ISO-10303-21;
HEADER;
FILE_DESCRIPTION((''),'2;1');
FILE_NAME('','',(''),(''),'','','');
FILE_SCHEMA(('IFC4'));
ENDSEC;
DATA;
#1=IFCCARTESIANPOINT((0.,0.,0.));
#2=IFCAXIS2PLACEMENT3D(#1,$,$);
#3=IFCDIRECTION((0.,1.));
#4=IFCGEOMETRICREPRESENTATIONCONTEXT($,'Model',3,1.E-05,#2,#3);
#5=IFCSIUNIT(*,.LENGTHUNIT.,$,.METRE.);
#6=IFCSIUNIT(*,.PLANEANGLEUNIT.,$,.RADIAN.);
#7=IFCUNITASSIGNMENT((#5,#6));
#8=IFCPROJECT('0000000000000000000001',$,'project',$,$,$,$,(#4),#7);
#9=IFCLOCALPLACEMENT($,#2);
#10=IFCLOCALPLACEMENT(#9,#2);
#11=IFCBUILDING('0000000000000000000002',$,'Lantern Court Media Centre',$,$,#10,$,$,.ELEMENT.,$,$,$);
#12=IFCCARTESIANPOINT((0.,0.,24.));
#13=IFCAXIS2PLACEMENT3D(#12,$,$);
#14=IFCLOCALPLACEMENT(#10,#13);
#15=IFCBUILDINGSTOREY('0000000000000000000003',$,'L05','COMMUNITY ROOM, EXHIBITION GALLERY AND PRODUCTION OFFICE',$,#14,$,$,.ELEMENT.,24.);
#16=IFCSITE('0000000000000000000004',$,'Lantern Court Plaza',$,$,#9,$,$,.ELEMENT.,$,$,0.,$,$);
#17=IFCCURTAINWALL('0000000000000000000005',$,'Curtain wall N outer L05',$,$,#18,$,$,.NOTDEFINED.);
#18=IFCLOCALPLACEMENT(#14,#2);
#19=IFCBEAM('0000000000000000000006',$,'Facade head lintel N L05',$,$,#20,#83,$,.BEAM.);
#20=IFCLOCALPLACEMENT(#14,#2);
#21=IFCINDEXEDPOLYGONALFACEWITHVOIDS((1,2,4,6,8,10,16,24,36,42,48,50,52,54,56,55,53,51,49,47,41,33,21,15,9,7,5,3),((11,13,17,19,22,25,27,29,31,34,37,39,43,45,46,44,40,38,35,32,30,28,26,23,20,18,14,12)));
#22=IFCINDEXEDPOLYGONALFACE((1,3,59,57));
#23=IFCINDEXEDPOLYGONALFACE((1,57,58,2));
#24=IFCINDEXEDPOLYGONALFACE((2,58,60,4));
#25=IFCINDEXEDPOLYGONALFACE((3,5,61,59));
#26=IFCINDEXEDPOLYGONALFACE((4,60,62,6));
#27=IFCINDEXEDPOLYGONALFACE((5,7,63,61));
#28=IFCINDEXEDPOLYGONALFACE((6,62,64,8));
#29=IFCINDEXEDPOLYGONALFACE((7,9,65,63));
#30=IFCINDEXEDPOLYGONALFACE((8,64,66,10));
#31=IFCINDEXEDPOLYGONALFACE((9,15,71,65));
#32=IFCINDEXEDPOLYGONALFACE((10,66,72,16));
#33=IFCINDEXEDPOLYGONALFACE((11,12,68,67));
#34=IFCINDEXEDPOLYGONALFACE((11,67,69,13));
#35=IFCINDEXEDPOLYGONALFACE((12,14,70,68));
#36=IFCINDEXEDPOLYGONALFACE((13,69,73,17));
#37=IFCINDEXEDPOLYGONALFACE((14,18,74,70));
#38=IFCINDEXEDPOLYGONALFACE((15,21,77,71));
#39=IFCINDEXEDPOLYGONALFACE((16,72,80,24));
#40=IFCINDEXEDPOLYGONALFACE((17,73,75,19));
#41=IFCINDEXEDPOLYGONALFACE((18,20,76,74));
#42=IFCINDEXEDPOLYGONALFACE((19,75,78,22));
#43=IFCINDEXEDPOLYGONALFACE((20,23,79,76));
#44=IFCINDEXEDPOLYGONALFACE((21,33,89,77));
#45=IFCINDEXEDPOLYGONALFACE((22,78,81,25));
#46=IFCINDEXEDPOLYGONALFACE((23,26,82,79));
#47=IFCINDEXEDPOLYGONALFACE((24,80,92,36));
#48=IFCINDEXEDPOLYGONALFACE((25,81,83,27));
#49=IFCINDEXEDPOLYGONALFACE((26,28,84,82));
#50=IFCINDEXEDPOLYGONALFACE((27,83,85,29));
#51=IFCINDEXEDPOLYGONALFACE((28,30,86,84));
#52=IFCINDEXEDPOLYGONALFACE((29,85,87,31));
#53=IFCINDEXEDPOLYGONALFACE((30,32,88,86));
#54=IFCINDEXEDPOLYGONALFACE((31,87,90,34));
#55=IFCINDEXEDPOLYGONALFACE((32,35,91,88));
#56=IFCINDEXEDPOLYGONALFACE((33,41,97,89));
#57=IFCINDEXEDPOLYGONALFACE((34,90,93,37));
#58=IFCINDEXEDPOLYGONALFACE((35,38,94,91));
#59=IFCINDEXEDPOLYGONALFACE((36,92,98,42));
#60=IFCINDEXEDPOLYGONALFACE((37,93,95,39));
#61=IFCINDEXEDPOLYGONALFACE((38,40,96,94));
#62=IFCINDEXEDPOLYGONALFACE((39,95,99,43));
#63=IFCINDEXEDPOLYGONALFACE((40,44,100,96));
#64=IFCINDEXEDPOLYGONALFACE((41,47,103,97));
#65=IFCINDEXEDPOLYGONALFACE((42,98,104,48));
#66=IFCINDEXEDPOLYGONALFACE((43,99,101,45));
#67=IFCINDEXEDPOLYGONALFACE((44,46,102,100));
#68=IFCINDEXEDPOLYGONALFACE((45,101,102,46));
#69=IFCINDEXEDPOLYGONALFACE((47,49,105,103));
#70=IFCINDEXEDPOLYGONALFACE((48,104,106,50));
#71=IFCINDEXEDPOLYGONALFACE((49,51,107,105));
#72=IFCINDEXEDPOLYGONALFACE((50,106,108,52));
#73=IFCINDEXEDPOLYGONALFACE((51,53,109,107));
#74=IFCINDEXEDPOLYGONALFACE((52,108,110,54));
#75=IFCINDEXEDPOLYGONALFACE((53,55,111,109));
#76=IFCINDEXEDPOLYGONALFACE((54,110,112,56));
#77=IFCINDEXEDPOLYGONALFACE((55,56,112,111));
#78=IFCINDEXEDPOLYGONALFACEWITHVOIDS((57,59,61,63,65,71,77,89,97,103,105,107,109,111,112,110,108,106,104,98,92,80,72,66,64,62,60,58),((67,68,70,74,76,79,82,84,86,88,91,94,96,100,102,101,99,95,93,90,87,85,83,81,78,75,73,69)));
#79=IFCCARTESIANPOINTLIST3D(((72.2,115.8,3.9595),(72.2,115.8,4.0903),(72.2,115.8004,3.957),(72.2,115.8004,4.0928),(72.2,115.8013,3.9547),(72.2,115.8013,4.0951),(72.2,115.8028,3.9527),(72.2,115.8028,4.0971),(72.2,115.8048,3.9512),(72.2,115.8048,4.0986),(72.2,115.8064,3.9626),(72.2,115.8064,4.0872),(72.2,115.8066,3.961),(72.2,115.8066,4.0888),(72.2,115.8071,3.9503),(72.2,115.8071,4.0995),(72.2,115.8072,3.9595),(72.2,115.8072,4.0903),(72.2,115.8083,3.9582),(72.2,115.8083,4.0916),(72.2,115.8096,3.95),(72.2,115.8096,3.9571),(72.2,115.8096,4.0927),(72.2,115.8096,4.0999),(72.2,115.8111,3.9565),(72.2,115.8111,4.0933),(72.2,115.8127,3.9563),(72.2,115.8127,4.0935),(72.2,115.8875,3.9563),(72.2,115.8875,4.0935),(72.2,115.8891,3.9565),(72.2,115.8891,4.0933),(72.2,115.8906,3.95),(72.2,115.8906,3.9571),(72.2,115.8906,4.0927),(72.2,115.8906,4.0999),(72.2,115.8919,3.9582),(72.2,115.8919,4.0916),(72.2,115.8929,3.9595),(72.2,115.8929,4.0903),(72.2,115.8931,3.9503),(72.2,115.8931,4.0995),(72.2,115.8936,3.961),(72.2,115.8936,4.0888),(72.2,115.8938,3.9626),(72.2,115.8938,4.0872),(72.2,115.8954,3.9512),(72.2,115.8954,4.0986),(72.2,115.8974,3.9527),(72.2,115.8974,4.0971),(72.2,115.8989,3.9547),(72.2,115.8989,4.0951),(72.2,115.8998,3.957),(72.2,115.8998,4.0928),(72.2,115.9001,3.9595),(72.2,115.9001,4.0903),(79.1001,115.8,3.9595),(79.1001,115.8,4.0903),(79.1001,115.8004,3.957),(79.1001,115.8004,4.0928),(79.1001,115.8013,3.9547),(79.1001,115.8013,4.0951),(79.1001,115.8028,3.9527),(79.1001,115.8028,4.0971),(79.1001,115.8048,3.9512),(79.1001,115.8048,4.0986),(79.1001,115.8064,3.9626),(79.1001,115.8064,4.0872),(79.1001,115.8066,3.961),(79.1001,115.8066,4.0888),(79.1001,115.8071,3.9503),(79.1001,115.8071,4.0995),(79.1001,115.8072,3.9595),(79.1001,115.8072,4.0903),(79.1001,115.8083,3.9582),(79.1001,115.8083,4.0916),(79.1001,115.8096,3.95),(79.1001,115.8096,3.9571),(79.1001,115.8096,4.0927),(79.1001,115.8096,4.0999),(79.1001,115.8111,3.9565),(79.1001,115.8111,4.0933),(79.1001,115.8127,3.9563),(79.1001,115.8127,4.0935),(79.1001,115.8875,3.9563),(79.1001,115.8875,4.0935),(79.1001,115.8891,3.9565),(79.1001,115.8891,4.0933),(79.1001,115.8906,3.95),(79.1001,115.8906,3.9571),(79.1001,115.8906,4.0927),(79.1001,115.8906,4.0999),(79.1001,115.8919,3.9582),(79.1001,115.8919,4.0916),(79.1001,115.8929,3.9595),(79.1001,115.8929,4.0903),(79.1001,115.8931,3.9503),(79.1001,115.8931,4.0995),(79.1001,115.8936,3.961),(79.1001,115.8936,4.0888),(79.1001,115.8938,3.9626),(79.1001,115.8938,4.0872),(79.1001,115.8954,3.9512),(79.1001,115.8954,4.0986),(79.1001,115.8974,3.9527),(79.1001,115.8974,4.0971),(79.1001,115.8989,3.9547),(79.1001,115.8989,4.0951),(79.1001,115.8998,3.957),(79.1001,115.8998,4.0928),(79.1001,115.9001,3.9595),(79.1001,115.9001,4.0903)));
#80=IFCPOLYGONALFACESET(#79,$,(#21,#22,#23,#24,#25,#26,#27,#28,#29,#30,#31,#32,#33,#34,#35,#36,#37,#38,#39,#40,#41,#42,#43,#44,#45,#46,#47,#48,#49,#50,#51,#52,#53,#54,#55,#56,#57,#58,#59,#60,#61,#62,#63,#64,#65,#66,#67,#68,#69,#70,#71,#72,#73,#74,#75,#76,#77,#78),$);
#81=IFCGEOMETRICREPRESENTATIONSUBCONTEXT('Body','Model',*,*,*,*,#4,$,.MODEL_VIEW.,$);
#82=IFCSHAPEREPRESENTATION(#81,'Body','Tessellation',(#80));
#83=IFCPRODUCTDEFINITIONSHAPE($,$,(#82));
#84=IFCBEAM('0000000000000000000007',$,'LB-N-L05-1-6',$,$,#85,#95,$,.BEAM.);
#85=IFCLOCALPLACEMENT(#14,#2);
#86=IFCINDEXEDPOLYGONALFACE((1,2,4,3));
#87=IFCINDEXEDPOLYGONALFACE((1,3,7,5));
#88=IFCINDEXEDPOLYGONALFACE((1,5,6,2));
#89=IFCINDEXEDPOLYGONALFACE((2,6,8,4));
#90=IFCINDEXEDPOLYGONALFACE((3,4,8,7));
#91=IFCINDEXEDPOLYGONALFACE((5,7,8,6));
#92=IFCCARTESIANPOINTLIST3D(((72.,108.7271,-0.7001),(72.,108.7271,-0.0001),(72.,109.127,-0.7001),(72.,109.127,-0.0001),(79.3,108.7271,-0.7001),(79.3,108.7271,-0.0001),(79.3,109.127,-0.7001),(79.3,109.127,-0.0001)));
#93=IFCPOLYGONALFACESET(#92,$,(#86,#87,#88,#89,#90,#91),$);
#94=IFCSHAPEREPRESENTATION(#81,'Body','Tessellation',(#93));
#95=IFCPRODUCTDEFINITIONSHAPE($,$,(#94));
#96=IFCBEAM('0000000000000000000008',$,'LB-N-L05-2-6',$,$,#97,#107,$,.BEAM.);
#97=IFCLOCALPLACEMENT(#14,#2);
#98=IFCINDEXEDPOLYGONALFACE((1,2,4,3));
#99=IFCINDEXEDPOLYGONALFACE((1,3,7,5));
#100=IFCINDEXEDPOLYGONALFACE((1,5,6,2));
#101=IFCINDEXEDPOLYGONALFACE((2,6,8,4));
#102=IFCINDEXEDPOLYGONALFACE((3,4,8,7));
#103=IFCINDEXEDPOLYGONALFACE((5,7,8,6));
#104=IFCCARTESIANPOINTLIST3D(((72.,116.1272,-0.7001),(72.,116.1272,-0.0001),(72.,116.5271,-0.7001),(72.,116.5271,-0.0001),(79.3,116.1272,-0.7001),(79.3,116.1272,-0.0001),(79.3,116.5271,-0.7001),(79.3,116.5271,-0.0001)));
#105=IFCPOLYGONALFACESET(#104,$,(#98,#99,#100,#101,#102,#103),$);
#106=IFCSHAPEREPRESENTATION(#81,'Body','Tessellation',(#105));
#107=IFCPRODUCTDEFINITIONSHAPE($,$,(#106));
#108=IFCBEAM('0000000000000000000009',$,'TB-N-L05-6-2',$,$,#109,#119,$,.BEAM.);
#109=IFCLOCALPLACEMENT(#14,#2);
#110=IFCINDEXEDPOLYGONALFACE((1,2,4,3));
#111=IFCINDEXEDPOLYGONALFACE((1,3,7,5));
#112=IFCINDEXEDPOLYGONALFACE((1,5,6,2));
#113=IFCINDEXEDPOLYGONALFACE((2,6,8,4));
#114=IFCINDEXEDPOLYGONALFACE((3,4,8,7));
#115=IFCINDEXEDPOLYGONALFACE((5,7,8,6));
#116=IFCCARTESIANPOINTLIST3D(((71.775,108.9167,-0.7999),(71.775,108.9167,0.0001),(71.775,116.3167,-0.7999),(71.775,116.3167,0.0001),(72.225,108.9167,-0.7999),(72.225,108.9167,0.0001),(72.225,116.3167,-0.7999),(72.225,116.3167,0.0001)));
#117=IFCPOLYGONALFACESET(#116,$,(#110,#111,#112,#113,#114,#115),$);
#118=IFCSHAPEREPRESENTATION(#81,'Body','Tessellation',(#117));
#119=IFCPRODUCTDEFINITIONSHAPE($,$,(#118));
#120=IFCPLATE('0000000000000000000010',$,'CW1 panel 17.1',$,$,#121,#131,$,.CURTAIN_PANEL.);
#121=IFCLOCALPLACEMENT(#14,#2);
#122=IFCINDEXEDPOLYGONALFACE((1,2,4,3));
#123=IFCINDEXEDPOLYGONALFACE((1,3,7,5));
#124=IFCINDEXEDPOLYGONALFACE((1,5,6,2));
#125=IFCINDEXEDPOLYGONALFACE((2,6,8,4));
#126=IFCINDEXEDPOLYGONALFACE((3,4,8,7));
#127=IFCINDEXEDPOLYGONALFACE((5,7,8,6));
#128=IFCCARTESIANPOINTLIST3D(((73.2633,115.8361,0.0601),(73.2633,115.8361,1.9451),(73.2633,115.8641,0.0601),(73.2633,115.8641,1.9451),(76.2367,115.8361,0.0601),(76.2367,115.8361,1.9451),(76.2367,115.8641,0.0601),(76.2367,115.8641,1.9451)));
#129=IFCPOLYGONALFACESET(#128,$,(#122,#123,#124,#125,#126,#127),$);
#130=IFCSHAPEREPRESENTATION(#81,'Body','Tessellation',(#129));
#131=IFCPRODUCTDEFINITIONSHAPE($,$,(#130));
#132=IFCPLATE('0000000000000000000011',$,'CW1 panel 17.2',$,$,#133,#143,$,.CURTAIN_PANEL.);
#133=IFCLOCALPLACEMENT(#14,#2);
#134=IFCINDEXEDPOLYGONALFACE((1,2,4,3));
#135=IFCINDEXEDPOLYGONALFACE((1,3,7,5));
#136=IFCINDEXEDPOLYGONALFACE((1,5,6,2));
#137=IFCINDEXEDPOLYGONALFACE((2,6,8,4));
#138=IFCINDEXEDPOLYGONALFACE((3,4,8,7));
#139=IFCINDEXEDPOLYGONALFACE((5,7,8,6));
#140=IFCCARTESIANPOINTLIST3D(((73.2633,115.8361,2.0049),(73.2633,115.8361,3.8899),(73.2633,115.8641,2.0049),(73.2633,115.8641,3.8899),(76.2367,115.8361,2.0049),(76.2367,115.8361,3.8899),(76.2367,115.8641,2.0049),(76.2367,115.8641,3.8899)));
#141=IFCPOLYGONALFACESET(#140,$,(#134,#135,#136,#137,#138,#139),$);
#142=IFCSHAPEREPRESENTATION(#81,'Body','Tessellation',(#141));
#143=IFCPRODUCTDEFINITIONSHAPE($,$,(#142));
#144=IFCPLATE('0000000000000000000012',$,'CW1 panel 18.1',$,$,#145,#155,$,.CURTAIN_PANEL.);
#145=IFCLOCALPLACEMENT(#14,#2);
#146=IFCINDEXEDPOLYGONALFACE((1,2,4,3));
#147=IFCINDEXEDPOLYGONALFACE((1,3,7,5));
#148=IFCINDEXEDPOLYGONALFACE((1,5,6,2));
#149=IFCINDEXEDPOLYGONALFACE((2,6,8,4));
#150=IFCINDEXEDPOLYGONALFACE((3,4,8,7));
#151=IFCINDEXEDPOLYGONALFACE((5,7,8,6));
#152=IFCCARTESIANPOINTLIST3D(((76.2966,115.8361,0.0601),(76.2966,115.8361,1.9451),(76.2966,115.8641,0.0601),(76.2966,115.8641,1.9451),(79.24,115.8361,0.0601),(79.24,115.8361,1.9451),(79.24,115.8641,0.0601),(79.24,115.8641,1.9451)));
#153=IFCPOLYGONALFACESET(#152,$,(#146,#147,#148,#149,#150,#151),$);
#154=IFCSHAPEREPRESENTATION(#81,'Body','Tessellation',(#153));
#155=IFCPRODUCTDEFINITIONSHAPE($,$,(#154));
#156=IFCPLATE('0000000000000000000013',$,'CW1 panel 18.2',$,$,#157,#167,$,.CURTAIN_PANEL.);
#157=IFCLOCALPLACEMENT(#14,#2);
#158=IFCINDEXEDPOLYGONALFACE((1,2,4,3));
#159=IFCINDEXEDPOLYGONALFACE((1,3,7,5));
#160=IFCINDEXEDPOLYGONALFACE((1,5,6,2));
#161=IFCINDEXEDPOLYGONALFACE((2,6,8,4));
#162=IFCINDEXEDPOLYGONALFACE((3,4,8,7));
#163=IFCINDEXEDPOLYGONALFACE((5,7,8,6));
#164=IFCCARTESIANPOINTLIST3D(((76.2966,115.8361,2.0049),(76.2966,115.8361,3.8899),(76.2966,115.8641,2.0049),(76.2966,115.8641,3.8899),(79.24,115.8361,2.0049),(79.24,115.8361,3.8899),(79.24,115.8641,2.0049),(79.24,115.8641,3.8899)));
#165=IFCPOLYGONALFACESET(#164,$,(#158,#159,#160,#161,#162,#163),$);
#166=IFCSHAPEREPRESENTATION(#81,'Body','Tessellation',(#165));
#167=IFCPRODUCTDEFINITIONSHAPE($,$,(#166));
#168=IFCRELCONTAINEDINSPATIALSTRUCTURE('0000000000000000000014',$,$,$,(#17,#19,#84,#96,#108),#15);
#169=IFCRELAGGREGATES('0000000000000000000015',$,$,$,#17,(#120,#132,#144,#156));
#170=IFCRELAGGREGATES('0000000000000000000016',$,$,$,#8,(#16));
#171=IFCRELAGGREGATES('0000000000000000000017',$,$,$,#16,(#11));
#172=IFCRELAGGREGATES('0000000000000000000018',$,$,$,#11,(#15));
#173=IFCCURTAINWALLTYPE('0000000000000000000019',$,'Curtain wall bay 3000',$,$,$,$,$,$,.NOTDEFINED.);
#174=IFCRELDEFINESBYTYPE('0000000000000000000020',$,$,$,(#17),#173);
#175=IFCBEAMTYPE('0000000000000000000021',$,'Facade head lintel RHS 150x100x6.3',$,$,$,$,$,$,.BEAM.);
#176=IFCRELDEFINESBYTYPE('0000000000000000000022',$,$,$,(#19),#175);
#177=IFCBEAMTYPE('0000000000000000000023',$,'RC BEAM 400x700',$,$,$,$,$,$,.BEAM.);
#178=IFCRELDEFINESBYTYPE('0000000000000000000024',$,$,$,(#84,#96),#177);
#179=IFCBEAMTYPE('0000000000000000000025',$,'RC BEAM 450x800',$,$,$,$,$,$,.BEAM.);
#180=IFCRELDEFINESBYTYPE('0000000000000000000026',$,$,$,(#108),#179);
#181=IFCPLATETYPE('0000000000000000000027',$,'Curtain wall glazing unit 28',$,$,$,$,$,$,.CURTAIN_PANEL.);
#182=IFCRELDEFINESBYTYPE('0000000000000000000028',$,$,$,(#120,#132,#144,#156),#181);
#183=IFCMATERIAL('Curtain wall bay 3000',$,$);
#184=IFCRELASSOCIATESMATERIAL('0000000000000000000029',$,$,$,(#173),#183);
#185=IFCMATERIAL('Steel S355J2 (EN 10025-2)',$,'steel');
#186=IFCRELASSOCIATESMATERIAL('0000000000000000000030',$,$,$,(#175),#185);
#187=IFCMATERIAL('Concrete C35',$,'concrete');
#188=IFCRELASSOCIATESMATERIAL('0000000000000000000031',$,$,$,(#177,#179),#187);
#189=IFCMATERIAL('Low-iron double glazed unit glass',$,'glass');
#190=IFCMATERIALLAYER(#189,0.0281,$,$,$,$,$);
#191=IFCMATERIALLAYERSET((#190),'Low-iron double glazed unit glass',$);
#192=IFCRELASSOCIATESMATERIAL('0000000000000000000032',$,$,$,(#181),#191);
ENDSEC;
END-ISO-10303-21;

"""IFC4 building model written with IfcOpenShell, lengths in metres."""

from ifc_helpers import new_model, si_unit, direction, frame, origin, origin_2d, place, context, subcontext, project, spatial, rectangle, hollow_rectangle, extrude, material, layer, layer_set, material_profile, profile_set, type_object, element, aggregate, save


model = new_model("IFC4")

# Units and contexts
model_context = context("Model", 3, precision=1e-05, world=origin(), true_north=direction((0.0, 1.0)))
body_context = subcontext(model_context, "Body", "Model", "MODEL_VIEW")
ifc_project = project(units=[si_unit("LENGTHUNIT", "METRE"), si_unit("PLANEANGLEUNIT", "RADIAN")], contexts=[model_context])

# Site, building, storey
site_placement = place(None, origin())
site = spatial("IfcSite", under=ifc_project, at=site_placement, Name="Lantern Court Plaza", CompositionType="ELEMENT", RefElevation=0.0)
building_placement = place(site_placement, origin())
building = spatial("IfcBuilding", under=site, at=building_placement, Name="Lantern Court Media Centre", CompositionType="ELEMENT")
storey_placement = place(building_placement, frame((0.0, 0.0, 24.0)))
storey = spatial("IfcBuildingStorey", under=building, at=storey_placement, Name="L05", Description="COMMUNITY ROOM, EXHIBITION GALLERY AND PRODUCTION OFFICE", CompositionType="ELEMENT", Elevation=24.0)

# Shared definitions
ifc_material_1 = material(Name="Concrete C35", Category="concrete")

# Curtain wall
ifc_material_2 = material(Name="Curtain wall bay 3000")
curtain_wall_type = type_object("IfcCurtainWallType", Name="Curtain wall bay 3000", PredefinedType="NOTDEFINED", material=ifc_material_2)
curtain_wall_placement = place(storey_placement, origin())
curtain_wall = element("IfcCurtainWall", 1, at=curtain_wall_placement, inside=storey, type_object=curtain_wall_type, Name="Curtain wall N outer L05", PredefinedType="NOTDEFINED")

# Beams
ifc_material_3 = material(Name="Steel S355J2 (EN 10025-2)", Category="steel")
ifc_material_profile_1 = material_profile(ifc_material_3, hollow_rectangle(XDim=0.1001, YDim=0.1499, WallThickness=0.0063, InnerFilletRadius=0.0063, OuterFilletRadius=0.0095, at=origin_2d()), Name="Facade head lintel RHS 150x100x6.3")
ifc_profile_set_1 = profile_set([ifc_material_profile_1], Name="Steel S355J2 (EN 10025-2)")
beam_type_1 = type_object("IfcBeamType", Name="Facade head lintel RHS 150x100x6.3", PredefinedType="BEAM", material=ifc_profile_set_1)
beam_1_placement = place(storey_placement, frame((72.2, 115.8501, 4.0249), z_axis=(1.0, 0.0, 0.0), x_axis=(0.0, 1.0, 0.0)))
element("IfcBeam", 2, at=beam_1_placement, inside=storey, type_object=beam_type_1, Name="Facade head lintel N L05", PredefinedType="BEAM", context=body_context, shape_type="SweptSolid", body=[
    extrude(hollow_rectangle(XDim=0.1001, YDim=0.1499, WallThickness=0.0063, InnerFilletRadius=0.0063, OuterFilletRadius=0.0095, at=origin_2d()), origin(), (0.0, 0.0, 1.0), 6.9001),
])
ifc_material_profile_2 = material_profile(ifc_material_1, rectangle(XDim=0.3999, YDim=0.7, at=origin_2d()), Name="RC 400x700")
ifc_profile_set_2 = profile_set([ifc_material_profile_2], Name="Concrete C35")
beam_type_2 = type_object("IfcBeamType", Name="RC BEAM 400x700", PredefinedType="BEAM", material=ifc_profile_set_2)
for number, where, z_axis, x_axis, name in (
    (3, (72.0, 108.927, -0.3501), (1.0, 0.0, 0.0), (0.0, 1.0, 0.0), "LB-N-L05-1-6"),
    (4, (72.0, 116.3271, -0.3501), (1.0, 0.0, 0.0), (0.0, 1.0, 0.0), "LB-N-L05-2-6"),
):
    element("IfcBeam", number, at=place(storey_placement, frame(where, z_axis=z_axis, x_axis=x_axis)), inside=storey, type_object=beam_type_2, Name=name, PredefinedType="BEAM", context=body_context, shape_type="SweptSolid", body=[
        extrude(rectangle(XDim=0.3999, YDim=0.7, at=origin_2d()), origin(), (0.0, 0.0, 1.0), 7.3),
    ])
ifc_material_profile_3 = material_profile(ifc_material_1, rectangle(XDim=0.45, YDim=0.8, at=origin_2d()), Name="RC 450x800")
ifc_profile_set_3 = profile_set([ifc_material_profile_3], Name="Concrete C35")
beam_type_3 = type_object("IfcBeamType", Name="RC BEAM 450x800", PredefinedType="BEAM", material=ifc_profile_set_3)
beam_2_placement = place(storey_placement, frame((72.0, 108.9167, -0.3999), z_axis=(0.0, 1.0, 0.0), x_axis=(-1.0, 0.0, 0.0)))
element("IfcBeam", 5, at=beam_2_placement, inside=storey, type_object=beam_type_3, Name="TB-N-L05-6-2", PredefinedType="BEAM", context=body_context, shape_type="SweptSolid", body=[
    extrude(rectangle(XDim=0.45, YDim=0.8, at=origin_2d()), origin(), (0.0, 0.0, 1.0), 7.3999),
])

# Plates
ifc_material_4 = material(Name="Low-iron double glazed unit glass", Category="glass")
ifc_layer_1 = layer(ifc_material_4, 0.0281)
ifc_layer_set_1 = layer_set([ifc_layer_1], Name="Low-iron double glazed unit glass")
plate_type = type_object("IfcPlateType", Name="Curtain wall glazing unit 28", PredefinedType="CURTAIN_PANEL", material=ifc_layer_set_1)
plate_1_placement = place(storey_placement, frame((74.75, 115.8501, 0.0601), z_axis=(0.0, 0.0, 1.0), x_axis=(1.0, 0.0, 0.0)))
plate_1 = element("IfcPlate", 6, at=plate_1_placement, type_object=plate_type, Name="CW1 panel 17.1", PredefinedType="CURTAIN_PANEL", context=body_context, shape_type="SweptSolid", body=[
    extrude(rectangle(XDim=2.9734, YDim=0.0281, at=origin_2d()), origin(), (0.0, 0.0, 1.0), 1.885),
])
plate_2_placement = place(storey_placement, frame((74.75, 115.8501, 2.0049), z_axis=(0.0, 0.0, 1.0), x_axis=(1.0, 0.0, 0.0)))
plate_2 = element("IfcPlate", 7, at=plate_2_placement, type_object=plate_type, Name="CW1 panel 17.2", PredefinedType="CURTAIN_PANEL", context=body_context, shape_type="SweptSolid", body=[
    extrude(rectangle(XDim=2.9734, YDim=0.0281, at=origin_2d()), origin(), (0.0, 0.0, 1.0), 1.885),
])
plate_3_placement = place(storey_placement, frame((77.7683, 115.8501, 0.0601), z_axis=(0.0, 0.0, 1.0), x_axis=(1.0, 0.0, 0.0)))
plate_3 = element("IfcPlate", 8, at=plate_3_placement, type_object=plate_type, Name="CW1 panel 18.1", PredefinedType="CURTAIN_PANEL", context=body_context, shape_type="SweptSolid", body=[
    extrude(rectangle(XDim=2.9434, YDim=0.0281, at=origin_2d()), origin(), (0.0, 0.0, 1.0), 1.885),
])
plate_4_placement = place(storey_placement, frame((77.7683, 115.8501, 2.0049), z_axis=(0.0, 0.0, 1.0), x_axis=(1.0, 0.0, 0.0)))
plate_4 = element("IfcPlate", 9, at=plate_4_placement, type_object=plate_type, Name="CW1 panel 18.2", PredefinedType="CURTAIN_PANEL", context=body_context, shape_type="SweptSolid", body=[
    extrude(rectangle(XDim=2.9434, YDim=0.0281, at=origin_2d()), origin(), (0.0, 0.0, 1.0), 1.885),
])
aggregate(curtain_wall, [plate_1, plate_2, plate_3, plate_4])

save(model, "model.ifc")
